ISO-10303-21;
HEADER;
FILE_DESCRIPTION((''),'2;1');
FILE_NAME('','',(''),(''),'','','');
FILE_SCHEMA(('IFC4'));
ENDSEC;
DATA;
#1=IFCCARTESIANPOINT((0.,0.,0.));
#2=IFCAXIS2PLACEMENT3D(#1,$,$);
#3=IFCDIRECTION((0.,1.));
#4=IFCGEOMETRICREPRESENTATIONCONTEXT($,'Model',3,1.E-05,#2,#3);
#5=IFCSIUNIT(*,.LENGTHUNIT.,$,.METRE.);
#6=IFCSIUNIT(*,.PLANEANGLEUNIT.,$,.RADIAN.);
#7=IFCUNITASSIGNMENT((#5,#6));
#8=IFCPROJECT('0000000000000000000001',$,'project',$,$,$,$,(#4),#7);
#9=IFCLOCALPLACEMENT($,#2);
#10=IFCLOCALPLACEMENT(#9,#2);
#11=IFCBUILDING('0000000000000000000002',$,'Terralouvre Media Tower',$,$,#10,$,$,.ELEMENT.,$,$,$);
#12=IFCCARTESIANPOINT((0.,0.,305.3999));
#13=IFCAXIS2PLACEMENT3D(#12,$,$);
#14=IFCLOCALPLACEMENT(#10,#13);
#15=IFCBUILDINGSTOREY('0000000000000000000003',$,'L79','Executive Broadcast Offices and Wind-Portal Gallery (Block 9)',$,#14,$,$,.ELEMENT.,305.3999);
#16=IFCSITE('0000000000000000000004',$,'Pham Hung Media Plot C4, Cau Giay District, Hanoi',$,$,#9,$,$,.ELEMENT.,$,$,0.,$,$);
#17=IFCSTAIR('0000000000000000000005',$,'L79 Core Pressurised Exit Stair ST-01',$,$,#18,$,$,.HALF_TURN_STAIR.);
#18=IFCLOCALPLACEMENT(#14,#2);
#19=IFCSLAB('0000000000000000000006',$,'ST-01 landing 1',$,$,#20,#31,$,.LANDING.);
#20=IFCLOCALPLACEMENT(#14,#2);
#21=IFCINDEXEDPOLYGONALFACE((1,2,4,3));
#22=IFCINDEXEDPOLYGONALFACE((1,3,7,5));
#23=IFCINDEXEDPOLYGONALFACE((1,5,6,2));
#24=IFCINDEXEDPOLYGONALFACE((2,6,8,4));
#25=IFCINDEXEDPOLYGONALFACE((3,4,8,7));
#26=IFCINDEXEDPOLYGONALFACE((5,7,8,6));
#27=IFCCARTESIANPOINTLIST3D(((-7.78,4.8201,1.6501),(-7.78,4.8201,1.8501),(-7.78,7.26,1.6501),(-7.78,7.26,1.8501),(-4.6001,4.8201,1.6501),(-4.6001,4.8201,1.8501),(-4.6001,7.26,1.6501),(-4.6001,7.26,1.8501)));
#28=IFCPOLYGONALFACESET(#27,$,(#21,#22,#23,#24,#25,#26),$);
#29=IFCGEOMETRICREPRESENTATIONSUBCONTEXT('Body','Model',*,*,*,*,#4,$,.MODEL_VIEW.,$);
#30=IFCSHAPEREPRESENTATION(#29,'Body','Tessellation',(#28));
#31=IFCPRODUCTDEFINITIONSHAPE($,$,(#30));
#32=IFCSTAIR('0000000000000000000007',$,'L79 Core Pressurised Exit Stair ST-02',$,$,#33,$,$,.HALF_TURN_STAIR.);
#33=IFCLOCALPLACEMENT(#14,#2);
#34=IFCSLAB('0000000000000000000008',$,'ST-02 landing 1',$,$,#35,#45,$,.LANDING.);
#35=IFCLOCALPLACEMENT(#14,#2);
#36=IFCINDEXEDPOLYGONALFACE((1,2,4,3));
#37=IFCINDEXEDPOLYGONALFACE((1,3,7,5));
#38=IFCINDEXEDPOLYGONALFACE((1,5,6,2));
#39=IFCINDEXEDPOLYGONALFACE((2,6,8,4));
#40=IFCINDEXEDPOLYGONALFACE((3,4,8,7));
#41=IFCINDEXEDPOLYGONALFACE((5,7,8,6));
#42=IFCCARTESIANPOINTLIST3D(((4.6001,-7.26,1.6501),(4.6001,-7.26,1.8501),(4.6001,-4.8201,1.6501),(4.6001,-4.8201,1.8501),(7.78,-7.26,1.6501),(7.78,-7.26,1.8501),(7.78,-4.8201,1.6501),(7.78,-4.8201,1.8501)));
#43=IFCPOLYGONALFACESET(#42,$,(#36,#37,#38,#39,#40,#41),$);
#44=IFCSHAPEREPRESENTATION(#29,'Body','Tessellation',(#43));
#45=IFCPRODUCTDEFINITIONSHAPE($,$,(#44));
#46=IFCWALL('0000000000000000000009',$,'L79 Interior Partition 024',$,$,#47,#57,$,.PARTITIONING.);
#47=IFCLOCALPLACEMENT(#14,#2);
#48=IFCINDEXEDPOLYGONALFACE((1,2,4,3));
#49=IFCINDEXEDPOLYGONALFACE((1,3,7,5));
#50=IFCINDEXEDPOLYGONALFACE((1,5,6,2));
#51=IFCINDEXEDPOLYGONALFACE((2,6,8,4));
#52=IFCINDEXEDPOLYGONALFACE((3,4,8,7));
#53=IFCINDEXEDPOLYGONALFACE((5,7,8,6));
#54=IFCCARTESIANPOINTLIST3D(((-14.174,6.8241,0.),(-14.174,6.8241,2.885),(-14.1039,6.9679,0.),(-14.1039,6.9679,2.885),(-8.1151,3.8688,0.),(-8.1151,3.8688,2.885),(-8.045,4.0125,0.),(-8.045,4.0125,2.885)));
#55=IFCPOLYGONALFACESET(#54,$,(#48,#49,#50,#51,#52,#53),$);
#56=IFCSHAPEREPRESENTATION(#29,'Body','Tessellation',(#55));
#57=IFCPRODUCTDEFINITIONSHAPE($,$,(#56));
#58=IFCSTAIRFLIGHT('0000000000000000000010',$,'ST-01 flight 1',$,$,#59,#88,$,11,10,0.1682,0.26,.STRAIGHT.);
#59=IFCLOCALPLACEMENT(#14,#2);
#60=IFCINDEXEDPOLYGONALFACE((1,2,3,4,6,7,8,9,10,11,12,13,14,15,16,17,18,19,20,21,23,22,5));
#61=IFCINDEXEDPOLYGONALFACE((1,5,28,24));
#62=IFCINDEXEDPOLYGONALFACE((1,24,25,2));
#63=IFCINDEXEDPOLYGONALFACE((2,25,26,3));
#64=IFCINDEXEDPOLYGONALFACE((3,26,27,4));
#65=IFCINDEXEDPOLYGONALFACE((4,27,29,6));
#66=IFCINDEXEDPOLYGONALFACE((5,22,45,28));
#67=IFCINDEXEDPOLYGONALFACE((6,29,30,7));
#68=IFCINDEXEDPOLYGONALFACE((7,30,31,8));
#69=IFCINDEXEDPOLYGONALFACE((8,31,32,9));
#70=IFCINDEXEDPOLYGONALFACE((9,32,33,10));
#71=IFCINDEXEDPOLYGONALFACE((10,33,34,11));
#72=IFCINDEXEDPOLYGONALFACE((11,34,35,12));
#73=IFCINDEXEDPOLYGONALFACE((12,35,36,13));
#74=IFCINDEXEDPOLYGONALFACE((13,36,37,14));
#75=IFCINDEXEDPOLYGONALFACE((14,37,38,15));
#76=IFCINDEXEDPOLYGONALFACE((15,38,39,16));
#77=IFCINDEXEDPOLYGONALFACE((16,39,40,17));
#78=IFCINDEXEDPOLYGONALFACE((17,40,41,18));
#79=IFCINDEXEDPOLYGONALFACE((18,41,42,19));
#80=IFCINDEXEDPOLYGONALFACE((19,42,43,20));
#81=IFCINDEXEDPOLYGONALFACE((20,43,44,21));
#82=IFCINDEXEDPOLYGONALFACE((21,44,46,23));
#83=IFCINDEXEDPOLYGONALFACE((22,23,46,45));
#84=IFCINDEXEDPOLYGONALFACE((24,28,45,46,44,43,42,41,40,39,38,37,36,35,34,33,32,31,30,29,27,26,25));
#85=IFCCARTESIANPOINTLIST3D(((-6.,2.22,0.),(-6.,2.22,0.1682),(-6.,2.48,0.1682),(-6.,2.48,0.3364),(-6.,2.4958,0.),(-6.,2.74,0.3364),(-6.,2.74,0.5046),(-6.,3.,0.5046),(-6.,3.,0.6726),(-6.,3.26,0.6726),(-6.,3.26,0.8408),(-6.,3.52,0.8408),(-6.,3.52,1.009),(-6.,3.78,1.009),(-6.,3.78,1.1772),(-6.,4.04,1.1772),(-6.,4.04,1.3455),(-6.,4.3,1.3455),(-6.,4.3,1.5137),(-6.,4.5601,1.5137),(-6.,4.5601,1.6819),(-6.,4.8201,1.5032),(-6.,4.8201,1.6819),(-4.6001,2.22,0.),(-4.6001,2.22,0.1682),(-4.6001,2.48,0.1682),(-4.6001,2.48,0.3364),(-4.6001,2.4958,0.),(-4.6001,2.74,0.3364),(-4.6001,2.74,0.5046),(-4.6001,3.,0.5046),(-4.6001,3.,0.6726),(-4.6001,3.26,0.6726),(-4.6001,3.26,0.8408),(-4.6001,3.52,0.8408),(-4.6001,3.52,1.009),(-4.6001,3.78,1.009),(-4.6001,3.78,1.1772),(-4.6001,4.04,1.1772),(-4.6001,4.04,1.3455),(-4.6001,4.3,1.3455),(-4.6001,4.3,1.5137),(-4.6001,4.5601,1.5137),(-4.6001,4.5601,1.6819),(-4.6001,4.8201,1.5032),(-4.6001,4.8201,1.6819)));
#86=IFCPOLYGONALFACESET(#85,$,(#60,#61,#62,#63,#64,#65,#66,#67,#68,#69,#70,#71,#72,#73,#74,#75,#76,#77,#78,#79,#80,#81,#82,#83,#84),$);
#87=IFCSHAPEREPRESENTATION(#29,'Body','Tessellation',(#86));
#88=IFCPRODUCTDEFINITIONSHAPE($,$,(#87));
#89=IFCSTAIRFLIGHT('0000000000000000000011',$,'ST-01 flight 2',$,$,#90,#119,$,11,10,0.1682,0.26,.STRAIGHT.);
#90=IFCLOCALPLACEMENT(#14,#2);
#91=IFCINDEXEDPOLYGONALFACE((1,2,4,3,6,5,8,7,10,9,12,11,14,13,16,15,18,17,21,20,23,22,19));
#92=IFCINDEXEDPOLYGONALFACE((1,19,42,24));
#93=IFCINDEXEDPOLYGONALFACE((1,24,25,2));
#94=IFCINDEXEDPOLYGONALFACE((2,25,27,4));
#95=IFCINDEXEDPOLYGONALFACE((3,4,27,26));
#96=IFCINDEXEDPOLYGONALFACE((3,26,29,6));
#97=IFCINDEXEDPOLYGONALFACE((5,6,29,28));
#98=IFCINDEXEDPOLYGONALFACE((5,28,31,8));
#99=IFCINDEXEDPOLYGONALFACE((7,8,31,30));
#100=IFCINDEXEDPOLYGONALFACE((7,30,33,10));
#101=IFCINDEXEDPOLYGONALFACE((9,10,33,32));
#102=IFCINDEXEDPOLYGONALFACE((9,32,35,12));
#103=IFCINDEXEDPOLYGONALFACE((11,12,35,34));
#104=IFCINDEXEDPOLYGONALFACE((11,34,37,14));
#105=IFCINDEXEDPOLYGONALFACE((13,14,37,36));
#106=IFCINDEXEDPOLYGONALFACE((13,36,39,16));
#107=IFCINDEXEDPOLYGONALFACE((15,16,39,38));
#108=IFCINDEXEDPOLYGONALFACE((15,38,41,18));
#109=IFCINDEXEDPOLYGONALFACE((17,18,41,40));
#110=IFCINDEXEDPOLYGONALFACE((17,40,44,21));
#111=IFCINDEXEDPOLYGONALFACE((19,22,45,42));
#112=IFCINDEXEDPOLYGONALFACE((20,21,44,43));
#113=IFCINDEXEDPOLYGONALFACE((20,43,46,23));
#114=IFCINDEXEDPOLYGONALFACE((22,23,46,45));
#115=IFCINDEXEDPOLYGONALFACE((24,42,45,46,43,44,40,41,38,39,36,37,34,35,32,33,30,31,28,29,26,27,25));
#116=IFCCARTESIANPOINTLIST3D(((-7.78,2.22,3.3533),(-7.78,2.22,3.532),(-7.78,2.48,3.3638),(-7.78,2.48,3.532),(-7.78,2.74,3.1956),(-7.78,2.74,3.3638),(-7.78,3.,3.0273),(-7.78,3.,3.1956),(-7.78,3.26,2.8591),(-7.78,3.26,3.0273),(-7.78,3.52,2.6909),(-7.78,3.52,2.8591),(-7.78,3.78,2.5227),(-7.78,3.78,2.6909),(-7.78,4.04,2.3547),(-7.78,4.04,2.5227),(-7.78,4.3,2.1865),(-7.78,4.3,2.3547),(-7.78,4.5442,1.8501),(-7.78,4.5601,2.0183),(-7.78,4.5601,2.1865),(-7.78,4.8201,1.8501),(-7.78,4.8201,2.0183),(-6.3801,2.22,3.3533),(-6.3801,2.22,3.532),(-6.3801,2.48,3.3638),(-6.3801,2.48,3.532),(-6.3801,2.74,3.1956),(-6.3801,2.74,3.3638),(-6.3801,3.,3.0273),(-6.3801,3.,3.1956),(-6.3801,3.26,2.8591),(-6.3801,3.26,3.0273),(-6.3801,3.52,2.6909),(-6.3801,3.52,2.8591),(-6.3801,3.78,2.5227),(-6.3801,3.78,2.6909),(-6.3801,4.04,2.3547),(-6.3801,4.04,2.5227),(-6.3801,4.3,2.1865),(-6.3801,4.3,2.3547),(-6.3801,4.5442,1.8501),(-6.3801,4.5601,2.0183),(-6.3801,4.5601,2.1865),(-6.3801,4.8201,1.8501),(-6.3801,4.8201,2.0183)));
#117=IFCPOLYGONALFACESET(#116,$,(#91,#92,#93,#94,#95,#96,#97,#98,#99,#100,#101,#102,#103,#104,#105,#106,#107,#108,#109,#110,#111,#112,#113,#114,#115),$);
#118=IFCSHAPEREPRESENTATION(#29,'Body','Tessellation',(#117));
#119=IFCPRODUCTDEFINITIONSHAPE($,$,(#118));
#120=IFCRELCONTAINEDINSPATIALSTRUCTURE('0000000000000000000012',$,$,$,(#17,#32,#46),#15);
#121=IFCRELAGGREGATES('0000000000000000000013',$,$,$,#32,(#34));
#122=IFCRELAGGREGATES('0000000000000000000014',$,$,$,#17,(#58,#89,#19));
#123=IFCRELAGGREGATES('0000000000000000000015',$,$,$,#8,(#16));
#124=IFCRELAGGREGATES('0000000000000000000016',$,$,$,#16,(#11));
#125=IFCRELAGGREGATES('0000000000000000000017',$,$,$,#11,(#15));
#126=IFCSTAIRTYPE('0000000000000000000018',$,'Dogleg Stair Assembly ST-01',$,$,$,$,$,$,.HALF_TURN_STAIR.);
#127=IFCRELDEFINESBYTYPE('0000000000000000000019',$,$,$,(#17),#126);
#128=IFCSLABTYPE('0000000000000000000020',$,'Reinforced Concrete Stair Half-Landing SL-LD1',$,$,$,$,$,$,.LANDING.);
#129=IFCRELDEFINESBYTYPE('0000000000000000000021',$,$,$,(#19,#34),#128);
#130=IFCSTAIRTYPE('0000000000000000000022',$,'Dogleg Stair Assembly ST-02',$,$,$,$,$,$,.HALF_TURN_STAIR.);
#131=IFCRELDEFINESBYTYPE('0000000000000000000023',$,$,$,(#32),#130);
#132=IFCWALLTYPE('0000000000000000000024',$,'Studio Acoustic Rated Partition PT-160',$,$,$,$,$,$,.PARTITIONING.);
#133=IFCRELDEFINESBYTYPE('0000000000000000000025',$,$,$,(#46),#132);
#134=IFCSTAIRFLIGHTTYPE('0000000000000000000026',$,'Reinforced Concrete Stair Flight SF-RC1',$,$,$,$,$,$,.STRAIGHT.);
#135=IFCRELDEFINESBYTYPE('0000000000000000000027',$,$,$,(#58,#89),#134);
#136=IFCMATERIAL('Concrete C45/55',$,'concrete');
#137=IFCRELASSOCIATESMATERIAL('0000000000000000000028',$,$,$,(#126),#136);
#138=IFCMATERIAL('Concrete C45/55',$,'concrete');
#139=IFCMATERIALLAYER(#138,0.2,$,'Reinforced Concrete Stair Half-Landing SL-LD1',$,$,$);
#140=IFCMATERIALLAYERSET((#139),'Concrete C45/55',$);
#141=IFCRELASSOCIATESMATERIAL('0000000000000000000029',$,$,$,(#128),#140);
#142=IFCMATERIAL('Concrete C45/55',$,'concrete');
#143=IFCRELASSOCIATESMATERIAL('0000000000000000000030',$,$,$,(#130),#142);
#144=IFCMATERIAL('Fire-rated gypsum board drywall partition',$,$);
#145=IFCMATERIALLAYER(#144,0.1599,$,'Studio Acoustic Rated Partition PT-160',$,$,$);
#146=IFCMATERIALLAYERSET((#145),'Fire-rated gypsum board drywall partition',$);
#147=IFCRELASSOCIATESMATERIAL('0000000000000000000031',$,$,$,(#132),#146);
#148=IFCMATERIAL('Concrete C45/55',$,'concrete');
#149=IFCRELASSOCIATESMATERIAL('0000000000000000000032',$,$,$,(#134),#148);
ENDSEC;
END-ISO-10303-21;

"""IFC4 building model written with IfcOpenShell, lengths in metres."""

from ifc_helpers import new_model, si_unit, direction, frame, frame_2d, origin, place, context, subcontext, project, spatial, polyline, rectangle, outline, extrude, material, layer, layer_set, type_object, element, aggregate, save


model = new_model("IFC4")

# Units and contexts
model_context = context("Model", 3, precision=1e-05, world=origin(), true_north=direction((0.0, 1.0)))
body_context = subcontext(model_context, "Body", "Model", "MODEL_VIEW")
ifc_project = project(units=[si_unit("LENGTHUNIT", "METRE"), si_unit("PLANEANGLEUNIT", "RADIAN")], contexts=[model_context])

# Site, building, storey
site_placement = place(None, origin())
site = spatial("IfcSite", under=ifc_project, at=site_placement, Name="Pham Hung Media Plot C4, Cau Giay District, Hanoi", CompositionType="ELEMENT", RefElevation=0.0)
building_placement = place(site_placement, origin())
building = spatial("IfcBuilding", under=site, at=building_placement, Name="Terralouvre Media Tower", CompositionType="ELEMENT")
storey_placement = place(building_placement, frame((0.0, 0.0, 305.3999)))
storey = spatial("IfcBuildingStorey", under=building, at=storey_placement, Name="L79", Description="Executive Broadcast Offices and Wind-Portal Gallery (Block 9)", CompositionType="ELEMENT", Elevation=305.3999)

# Stairs, slabs
ifc_material_1 = material(Name="Concrete C45/55", Category="concrete")
stair_type_1 = type_object("IfcStairType", Name="Dogleg Stair Assembly ST-01", PredefinedType="HALF_TURN_STAIR", material=ifc_material_1)
stair_1_placement = place(storey_placement, origin())
stair_1 = element("IfcStair", 1, at=stair_1_placement, inside=storey, type_object=stair_type_1, Name="L79 Core Pressurised Exit Stair ST-01", PredefinedType="HALF_TURN_STAIR")
ifc_material_2 = material(Name="Concrete C45/55", Category="concrete")
ifc_layer_1 = layer(ifc_material_2, 0.2, Name="Reinforced Concrete Stair Half-Landing SL-LD1")
ifc_layer_set_1 = layer_set([ifc_layer_1], Name="Concrete C45/55")
slab_type = type_object("IfcSlabType", Name="Reinforced Concrete Stair Half-Landing SL-LD1", PredefinedType="LANDING", material=ifc_layer_set_1)
slab_1_placement = place(storey_placement, frame((0.0, 0.0, 1.6501)))
slab_1 = element("IfcSlab", 2, at=slab_1_placement, type_object=slab_type, Name="ST-01 landing 1", PredefinedType="LANDING", context=body_context, shape_type="SweptSolid", body=[
    extrude(outline(polyline([(-4.6001, 4.8201), (-4.6001, 7.26), (-7.78, 7.26), (-7.78, 4.8201), (-4.6001, 4.8201)])), origin(), (0.0, 0.0, 1.0), 0.2),
])
ifc_material_3 = material(Name="Concrete C45/55", Category="concrete")
stair_type_2 = type_object("IfcStairType", Name="Dogleg Stair Assembly ST-02", PredefinedType="HALF_TURN_STAIR", material=ifc_material_3)
stair_2_placement = place(storey_placement, origin())
stair_2 = element("IfcStair", 3, at=stair_2_placement, inside=storey, type_object=stair_type_2, Name="L79 Core Pressurised Exit Stair ST-02", PredefinedType="HALF_TURN_STAIR")
slab_2_placement = place(storey_placement, frame((0.0, 0.0, 1.6501)))
slab_2 = element("IfcSlab", 4, at=slab_2_placement, type_object=slab_type, Name="ST-02 landing 1", PredefinedType="LANDING", context=body_context, shape_type="SweptSolid", body=[
    extrude(outline(polyline([(4.6001, -4.8201), (4.6001, -7.26), (7.78, -7.26), (7.78, -4.8201), (4.6001, -4.8201)])), origin(), (0.0, 0.0, 1.0), 0.2),
])
aggregate(stair_2, [slab_2])

# Wall
ifc_material_4 = material(Name="Fire-rated gypsum board drywall partition")
ifc_layer_2 = layer(ifc_material_4, 0.1599, Name="Studio Acoustic Rated Partition PT-160")
ifc_layer_set_2 = layer_set([ifc_layer_2], Name="Fire-rated gypsum board drywall partition")
wall_type_1 = type_object("IfcWallType", Name="Studio Acoustic Rated Partition PT-160", PredefinedType="PARTITIONING", material=ifc_layer_set_2)
wall_1_placement = place(storey_placement, frame((-8.0801, 3.9407, 0.0), z_axis=(0.0, 0.0, 1.0), x_axis=(-0.898781, 0.438399, 0.0)))
element("IfcWall", 5, at=wall_1_placement, inside=storey, type_object=wall_type_1, Name="L79 Interior Partition 024", PredefinedType="PARTITIONING", context=body_context, shape_type="SweptSolid", body=[
    extrude(rectangle(XDim=6.7412, YDim=0.1599, at=frame_2d((3.3706, 0.0))), origin(), (0.0, 0.0, 1.0), 2.885),
])

# Stair flights
ifc_material_5 = material(Name="Concrete C45/55", Category="concrete")
stair_flight_type = type_object("IfcStairFlightType", Name="Reinforced Concrete Stair Flight SF-RC1", PredefinedType="STRAIGHT", material=ifc_material_5)
stair_flight_1_placement = place(storey_placement, frame((-5.3, 2.22, 0.0), z_axis=(0.0, 0.0, 1.0), x_axis=(0.0, 1.0, 0.0)))
stair_flight_1 = element("IfcStairFlight", 6, at=stair_flight_1_placement, type_object=stair_flight_type, Name="ST-01 flight 1", NumberOfRisers=11, NumberOfTreads=10, PredefinedType="STRAIGHT", RiserHeight=0.1682, TreadLength=0.26, context=body_context, shape_type="SweptSolid", body=[
    extrude(outline(polyline([(0.0, 0.0), (0.0, 0.1682), (0.26, 0.1682), (0.26, 0.3364), (0.52, 0.3364), (0.52, 0.5046), (0.78, 0.5046), (0.78, 0.6726), (1.04, 0.6726), (1.04, 0.8408), (1.3, 0.8408), (1.3, 1.009), (1.5601, 1.009), (1.5601, 1.1772), (1.8201, 1.1772), (1.8201, 1.3455), (2.0801, 1.3455), (2.0801, 1.5137), (2.3401, 1.5137), (2.3401, 1.6819), (2.6001, 1.6819), (2.6001, 1.8501), (2.6001, 1.5032), (0.2759, 0.0), (0.0, 0.0)])), frame((0.0, 0.7, 0.0), z_axis=(0.0, -1.0, 0.0), x_axis=(1.0, 0.0, 0.0)), (0.0, 0.0, 1.0), 1.3999),
])
stair_flight_2_placement = place(storey_placement, frame((-7.0801, 4.8201, 1.8501), z_axis=(0.0, 0.0, 1.0), x_axis=(0.0, -1.0, 0.0)))
stair_flight_2 = element("IfcStairFlight", 7, at=stair_flight_2_placement, type_object=stair_flight_type, Name="ST-01 flight 2", NumberOfRisers=11, NumberOfTreads=10, PredefinedType="STRAIGHT", RiserHeight=0.1682, TreadLength=0.26, context=body_context, shape_type="SweptSolid", body=[
    extrude(outline(polyline([(0.0, 0.0), (0.0, 0.1682), (0.26, 0.1682), (0.26, 0.3364), (0.52, 0.3364), (0.52, 0.5046), (0.78, 0.5046), (0.78, 0.6726), (1.04, 0.6726), (1.04, 0.8408), (1.3, 0.8408), (1.3, 1.009), (1.5601, 1.009), (1.5601, 1.1772), (1.8201, 1.1772), (1.8201, 1.3455), (2.0801, 1.3455), (2.0801, 1.5137), (2.3401, 1.5137), (2.3401, 1.6819), (2.6001, 1.6819), (2.6001, 1.8501), (2.6001, 1.5032), (0.2759, 0.0), (0.0, 0.0)])), frame((0.0, 0.7, 0.0), z_axis=(0.0, -1.0, 0.0), x_axis=(1.0, 0.0, 0.0)), (0.0, 0.0, 1.0), 1.3999),
])
aggregate(stair_1, [stair_flight_1, stair_flight_2, slab_1])

save(model, "model.ifc")
